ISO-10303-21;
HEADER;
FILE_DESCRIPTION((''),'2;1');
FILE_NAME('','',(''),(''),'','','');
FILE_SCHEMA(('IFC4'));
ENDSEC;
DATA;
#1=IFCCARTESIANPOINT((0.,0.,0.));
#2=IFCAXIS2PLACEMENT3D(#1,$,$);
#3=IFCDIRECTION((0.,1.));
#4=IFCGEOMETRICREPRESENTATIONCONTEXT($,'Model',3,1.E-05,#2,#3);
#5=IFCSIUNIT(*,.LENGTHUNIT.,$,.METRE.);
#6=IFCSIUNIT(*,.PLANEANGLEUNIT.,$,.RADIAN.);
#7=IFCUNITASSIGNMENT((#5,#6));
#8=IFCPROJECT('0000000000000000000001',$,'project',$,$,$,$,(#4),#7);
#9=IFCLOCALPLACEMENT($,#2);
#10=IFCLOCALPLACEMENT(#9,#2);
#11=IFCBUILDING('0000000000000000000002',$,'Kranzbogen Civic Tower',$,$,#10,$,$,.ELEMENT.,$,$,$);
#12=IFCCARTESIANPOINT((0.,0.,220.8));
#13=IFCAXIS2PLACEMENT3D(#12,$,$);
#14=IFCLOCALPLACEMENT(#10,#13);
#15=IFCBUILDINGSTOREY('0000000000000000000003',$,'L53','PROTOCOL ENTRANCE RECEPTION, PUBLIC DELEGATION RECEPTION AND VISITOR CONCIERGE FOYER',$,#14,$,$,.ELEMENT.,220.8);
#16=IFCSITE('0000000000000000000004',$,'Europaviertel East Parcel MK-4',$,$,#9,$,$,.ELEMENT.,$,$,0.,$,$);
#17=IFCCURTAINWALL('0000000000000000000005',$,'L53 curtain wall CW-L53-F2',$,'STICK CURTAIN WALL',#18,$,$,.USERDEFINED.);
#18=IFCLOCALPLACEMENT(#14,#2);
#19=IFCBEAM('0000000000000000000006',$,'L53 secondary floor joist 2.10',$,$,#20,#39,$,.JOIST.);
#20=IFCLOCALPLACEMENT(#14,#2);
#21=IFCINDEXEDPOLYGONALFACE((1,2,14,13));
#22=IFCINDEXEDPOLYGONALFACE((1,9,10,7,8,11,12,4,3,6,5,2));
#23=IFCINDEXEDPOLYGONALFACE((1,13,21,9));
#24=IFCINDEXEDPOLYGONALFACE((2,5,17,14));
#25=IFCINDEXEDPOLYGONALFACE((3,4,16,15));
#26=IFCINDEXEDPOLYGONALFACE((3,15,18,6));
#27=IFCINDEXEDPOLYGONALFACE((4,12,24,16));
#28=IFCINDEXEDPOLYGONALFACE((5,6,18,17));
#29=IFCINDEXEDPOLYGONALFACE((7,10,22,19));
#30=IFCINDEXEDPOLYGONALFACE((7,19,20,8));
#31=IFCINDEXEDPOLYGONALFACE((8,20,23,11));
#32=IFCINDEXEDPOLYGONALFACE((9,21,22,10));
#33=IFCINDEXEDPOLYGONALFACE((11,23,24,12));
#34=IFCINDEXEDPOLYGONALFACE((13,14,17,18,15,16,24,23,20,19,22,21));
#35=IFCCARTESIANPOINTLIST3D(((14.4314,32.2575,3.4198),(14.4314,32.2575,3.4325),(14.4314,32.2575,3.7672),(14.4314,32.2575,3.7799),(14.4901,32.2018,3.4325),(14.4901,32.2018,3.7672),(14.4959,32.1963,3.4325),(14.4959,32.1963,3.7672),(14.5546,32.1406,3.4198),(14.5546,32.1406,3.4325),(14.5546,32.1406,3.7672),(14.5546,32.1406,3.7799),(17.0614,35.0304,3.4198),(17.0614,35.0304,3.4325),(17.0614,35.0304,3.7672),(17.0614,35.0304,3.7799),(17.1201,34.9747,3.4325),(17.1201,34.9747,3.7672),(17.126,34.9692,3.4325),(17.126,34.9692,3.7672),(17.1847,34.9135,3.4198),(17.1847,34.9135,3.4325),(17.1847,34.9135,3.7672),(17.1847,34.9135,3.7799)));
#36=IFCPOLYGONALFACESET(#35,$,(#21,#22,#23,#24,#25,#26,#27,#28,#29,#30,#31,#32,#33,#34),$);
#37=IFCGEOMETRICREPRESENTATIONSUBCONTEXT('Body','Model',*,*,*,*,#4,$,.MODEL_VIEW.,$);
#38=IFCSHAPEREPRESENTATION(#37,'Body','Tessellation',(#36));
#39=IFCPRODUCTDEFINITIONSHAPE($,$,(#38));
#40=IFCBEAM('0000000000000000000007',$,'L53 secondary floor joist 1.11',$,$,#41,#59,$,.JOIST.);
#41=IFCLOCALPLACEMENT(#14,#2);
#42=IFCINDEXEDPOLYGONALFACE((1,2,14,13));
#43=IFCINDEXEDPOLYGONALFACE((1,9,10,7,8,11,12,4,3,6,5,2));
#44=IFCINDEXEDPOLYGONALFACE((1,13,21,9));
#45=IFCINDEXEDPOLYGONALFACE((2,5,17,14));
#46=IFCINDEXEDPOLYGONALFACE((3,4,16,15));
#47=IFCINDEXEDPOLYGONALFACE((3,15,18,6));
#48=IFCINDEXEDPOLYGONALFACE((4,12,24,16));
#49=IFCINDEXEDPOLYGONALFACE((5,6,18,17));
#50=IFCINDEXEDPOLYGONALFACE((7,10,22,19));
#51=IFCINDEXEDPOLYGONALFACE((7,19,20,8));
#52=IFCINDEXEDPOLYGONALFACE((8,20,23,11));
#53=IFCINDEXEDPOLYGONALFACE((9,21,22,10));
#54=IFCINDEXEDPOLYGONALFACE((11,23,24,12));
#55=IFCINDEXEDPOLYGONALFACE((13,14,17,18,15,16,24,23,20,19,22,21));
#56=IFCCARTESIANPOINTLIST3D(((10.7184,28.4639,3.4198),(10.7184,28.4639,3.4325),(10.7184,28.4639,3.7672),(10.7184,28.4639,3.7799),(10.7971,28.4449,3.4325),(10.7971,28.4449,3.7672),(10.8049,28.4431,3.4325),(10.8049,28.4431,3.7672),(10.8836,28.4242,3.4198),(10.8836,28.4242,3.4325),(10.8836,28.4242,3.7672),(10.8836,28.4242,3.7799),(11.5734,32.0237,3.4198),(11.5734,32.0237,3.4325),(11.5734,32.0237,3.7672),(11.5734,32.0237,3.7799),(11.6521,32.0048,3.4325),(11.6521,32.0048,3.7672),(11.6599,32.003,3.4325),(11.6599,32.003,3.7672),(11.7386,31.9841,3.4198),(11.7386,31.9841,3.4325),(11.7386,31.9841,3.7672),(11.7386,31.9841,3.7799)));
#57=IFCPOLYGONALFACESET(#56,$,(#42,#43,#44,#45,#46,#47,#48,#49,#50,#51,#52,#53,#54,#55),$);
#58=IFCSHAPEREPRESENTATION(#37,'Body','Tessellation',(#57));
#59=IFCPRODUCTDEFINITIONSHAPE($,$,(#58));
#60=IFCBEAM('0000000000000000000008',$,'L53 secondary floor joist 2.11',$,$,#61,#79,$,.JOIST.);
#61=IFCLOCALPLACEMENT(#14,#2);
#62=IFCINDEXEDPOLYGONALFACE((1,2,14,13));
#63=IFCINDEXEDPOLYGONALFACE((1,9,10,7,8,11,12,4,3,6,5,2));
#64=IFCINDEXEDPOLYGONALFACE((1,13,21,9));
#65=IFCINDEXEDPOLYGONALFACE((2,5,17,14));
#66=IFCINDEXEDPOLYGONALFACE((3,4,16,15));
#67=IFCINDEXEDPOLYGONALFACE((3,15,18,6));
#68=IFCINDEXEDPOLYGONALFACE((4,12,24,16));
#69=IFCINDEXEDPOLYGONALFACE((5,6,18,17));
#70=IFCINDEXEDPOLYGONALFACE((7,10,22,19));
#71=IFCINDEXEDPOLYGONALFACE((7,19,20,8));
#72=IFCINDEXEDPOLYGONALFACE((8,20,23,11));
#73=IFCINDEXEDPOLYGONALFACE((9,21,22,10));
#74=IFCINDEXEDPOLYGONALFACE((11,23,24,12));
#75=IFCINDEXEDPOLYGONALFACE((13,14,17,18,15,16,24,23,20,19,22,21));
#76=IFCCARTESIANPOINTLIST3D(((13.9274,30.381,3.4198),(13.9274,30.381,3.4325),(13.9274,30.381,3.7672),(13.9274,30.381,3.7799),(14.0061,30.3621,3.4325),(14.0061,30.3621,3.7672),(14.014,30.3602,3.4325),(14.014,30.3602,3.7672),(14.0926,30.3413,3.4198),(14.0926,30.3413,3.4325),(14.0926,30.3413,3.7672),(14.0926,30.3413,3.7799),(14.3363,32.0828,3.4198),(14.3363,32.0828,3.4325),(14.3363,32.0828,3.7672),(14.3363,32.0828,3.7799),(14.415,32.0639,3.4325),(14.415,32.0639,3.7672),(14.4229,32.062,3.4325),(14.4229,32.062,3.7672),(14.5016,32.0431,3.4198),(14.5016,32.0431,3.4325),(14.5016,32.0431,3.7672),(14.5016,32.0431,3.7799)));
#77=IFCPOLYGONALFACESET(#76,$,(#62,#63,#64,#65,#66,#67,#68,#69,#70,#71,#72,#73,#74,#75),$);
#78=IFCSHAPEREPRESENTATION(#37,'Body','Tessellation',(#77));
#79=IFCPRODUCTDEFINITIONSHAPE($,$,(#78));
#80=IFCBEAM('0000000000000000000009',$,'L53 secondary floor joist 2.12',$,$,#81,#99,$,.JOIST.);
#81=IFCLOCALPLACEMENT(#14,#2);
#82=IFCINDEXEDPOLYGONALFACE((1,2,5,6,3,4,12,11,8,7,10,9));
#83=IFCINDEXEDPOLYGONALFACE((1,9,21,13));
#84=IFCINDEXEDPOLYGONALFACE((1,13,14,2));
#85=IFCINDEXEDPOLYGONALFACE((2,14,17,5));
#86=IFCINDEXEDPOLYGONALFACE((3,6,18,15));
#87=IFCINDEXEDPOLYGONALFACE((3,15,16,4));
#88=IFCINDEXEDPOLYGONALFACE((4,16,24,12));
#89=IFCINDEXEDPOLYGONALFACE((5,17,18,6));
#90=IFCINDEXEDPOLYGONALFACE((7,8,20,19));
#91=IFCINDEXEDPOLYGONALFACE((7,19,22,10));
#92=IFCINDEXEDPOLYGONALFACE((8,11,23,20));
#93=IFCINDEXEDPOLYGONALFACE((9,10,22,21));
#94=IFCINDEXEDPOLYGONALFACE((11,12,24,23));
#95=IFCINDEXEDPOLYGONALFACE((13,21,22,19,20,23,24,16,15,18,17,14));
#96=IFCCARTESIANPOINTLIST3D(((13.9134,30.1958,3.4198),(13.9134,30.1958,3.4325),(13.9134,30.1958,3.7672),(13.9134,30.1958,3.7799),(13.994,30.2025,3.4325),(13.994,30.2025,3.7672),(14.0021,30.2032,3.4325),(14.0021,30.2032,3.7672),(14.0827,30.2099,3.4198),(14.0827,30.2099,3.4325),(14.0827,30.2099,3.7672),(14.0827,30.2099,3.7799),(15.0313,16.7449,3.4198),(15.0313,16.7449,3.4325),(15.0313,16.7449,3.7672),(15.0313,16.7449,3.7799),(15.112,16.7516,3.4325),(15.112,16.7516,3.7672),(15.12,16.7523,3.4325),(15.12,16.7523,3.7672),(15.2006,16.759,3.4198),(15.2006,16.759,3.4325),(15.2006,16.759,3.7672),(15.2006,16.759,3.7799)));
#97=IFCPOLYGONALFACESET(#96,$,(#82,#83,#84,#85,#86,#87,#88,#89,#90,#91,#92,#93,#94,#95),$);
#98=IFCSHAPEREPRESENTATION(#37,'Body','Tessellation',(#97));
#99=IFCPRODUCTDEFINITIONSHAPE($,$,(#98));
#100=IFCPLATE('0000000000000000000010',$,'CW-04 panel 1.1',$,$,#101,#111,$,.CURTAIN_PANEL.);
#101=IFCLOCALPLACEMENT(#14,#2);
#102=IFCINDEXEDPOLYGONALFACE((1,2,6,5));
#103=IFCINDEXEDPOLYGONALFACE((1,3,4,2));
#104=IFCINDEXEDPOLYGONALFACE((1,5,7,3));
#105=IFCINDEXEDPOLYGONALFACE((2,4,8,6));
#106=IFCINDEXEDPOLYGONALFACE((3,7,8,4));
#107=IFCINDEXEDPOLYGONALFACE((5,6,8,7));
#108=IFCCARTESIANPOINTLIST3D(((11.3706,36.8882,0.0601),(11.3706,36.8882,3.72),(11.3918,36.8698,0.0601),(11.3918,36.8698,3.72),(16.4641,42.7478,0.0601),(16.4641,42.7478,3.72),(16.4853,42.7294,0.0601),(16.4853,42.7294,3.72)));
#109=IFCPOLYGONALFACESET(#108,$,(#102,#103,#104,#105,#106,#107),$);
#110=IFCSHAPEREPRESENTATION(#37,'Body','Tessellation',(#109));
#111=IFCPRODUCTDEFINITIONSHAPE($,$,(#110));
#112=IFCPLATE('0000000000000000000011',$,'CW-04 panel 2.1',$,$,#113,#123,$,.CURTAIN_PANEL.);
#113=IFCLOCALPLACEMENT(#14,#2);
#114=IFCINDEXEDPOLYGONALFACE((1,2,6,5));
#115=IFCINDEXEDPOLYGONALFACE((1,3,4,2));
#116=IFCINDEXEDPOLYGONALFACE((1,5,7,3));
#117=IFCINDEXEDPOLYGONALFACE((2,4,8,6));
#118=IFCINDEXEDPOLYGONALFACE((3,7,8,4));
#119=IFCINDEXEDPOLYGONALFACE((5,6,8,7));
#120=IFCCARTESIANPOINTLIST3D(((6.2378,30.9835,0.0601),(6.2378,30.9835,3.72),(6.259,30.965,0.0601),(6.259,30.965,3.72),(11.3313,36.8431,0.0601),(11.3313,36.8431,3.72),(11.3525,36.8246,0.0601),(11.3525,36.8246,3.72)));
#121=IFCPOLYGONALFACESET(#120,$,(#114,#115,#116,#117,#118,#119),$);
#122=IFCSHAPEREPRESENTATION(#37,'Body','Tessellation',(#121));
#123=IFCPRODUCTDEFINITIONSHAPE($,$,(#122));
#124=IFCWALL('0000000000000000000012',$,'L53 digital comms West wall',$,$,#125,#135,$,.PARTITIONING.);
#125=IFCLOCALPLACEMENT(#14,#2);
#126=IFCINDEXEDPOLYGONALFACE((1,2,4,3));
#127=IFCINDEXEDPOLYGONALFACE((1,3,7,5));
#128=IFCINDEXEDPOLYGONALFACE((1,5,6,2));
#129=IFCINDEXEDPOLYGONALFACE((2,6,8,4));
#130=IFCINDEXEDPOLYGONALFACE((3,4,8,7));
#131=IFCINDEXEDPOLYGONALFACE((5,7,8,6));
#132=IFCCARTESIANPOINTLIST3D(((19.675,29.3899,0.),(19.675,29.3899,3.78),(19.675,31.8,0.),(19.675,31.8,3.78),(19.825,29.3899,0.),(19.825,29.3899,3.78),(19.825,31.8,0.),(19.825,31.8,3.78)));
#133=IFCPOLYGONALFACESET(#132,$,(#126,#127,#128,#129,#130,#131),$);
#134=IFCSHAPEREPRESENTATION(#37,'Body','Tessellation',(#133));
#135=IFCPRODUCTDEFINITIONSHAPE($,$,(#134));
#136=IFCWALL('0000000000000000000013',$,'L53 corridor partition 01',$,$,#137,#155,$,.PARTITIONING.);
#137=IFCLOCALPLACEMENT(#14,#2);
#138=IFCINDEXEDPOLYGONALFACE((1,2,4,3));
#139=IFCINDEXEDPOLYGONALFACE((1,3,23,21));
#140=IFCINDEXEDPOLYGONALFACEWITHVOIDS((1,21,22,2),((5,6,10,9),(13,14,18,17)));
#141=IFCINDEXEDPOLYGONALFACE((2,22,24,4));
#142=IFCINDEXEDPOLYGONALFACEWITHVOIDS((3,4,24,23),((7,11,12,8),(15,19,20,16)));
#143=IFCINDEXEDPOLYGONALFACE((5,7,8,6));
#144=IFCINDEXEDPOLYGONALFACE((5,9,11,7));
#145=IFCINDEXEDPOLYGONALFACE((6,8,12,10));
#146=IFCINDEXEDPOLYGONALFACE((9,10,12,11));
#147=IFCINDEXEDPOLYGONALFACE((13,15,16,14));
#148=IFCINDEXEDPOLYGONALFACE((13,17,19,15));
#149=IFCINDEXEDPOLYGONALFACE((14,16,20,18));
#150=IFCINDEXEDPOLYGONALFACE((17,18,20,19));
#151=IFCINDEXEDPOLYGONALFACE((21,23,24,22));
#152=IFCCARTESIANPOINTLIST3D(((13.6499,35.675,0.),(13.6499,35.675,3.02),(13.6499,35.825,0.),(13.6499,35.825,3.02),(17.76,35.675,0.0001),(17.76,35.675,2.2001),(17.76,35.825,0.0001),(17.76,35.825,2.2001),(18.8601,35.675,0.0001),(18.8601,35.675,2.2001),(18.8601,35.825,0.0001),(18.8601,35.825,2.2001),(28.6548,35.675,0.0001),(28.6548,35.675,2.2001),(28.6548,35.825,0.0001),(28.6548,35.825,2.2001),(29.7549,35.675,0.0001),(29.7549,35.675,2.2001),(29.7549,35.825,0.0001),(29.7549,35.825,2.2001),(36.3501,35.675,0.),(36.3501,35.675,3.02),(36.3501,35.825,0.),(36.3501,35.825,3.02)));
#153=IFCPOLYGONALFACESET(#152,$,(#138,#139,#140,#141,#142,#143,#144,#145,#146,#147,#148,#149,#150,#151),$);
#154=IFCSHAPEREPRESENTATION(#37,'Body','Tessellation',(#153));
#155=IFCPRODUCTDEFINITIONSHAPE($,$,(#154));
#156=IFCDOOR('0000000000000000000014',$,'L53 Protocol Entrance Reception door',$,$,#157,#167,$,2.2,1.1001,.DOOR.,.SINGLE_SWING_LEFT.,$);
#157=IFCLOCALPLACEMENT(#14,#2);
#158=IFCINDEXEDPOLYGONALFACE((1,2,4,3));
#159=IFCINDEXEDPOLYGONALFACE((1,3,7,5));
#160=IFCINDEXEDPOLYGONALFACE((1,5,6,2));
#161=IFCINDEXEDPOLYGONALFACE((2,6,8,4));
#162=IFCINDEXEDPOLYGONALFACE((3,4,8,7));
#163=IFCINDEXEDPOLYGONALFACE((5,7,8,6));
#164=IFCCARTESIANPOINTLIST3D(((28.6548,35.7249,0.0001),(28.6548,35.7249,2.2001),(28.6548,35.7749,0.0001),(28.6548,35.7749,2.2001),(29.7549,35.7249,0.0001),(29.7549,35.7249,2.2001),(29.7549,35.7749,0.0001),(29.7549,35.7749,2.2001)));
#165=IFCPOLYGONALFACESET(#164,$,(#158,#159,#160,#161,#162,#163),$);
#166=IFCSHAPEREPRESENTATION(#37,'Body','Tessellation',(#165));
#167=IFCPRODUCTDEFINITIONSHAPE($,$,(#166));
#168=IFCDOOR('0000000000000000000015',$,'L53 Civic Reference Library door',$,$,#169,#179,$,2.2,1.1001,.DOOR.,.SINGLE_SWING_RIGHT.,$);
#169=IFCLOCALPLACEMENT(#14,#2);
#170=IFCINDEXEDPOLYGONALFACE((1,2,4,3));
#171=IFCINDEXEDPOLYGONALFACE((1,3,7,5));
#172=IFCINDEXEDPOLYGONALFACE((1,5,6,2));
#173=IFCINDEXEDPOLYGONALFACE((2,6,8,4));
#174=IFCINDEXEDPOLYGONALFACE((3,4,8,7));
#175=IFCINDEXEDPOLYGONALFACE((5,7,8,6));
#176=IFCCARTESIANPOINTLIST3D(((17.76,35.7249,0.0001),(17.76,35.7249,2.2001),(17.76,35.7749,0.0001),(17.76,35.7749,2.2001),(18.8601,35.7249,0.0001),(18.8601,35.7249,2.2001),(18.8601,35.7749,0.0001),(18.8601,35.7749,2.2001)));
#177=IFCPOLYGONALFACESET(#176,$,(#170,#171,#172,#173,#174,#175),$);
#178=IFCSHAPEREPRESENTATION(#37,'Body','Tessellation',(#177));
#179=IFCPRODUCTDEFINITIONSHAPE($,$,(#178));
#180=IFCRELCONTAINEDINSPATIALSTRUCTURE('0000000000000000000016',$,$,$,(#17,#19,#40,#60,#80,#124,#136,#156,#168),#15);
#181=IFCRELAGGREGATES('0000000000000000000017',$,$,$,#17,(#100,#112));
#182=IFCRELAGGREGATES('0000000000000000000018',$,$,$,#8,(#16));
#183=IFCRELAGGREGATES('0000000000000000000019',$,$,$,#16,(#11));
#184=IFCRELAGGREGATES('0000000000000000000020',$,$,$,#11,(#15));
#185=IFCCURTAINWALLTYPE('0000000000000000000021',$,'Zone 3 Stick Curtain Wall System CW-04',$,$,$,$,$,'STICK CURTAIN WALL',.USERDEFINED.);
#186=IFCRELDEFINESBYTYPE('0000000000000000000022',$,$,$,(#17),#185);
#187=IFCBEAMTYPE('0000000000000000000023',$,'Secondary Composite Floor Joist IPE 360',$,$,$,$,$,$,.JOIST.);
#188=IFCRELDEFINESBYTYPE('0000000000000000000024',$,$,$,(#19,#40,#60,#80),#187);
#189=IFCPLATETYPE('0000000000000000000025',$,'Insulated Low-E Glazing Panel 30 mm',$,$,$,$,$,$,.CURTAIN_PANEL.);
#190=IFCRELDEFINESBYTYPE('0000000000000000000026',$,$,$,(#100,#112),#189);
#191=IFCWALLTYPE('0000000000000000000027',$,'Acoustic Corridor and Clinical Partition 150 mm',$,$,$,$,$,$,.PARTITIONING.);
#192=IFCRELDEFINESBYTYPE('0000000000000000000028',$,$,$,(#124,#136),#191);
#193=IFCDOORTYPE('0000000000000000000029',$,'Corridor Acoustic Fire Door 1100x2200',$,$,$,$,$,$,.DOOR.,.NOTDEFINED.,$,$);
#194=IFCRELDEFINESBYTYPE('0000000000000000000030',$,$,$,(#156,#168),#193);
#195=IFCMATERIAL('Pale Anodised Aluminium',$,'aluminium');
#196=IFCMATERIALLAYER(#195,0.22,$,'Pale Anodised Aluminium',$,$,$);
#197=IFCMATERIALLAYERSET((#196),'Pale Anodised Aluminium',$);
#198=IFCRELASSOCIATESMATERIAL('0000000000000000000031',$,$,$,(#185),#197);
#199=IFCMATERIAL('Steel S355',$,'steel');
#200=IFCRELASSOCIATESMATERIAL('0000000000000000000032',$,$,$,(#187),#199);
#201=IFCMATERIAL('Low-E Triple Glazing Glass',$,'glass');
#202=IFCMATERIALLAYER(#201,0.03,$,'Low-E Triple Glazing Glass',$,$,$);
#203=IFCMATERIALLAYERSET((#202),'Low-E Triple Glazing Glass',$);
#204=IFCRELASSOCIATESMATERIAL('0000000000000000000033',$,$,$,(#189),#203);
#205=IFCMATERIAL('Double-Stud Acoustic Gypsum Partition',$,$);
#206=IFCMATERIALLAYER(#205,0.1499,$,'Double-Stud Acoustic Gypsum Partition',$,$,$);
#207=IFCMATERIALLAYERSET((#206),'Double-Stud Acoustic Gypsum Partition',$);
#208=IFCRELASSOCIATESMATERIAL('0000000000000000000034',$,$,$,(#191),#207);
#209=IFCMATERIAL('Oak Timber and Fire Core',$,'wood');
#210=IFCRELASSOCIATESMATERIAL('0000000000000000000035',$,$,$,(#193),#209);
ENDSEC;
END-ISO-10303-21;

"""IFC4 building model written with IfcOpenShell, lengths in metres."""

from ifc_helpers import new_model, si_unit, direction, frame, frame_2d, origin, origin_2d, place, context, subcontext, project, spatial, rectangle, i_section, extrude, material, layer, layer_set, material_profile, profile_set, type_object, element, fill, aggregate, save


model = new_model("IFC4")

# Units and contexts
model_context = context("Model", 3, precision=1e-05, world=origin(), true_north=direction((0.0, 1.0)))
body_context = subcontext(model_context, "Body", "Model", "MODEL_VIEW")
ifc_project = project(units=[si_unit("LENGTHUNIT", "METRE"), si_unit("PLANEANGLEUNIT", "RADIAN")], contexts=[model_context])

# Site, building, storey
site_placement = place(None, origin())
site = spatial("IfcSite", under=ifc_project, at=site_placement, Name="Europaviertel East Parcel MK-4", CompositionType="ELEMENT", RefElevation=0.0)
building_placement = place(site_placement, origin())
building = spatial("IfcBuilding", under=site, at=building_placement, Name="Kranzbogen Civic Tower", CompositionType="ELEMENT")
storey_placement = place(building_placement, frame((0.0, 0.0, 220.8)))
storey = spatial("IfcBuildingStorey", under=building, at=storey_placement, Name="L53", Description="PROTOCOL ENTRANCE RECEPTION, PUBLIC DELEGATION RECEPTION AND VISITOR CONCIERGE FOYER", CompositionType="ELEMENT", Elevation=220.8)

# Shared definitions
ifc_material_1 = material(Name="Steel S355", Category="steel")

# Shared definitions
ifc_material_2 = material(Name="Pale Anodised Aluminium", Category="aluminium")
ifc_layer_1 = layer(ifc_material_2, 0.22, Name="Pale Anodised Aluminium")
ifc_layer_set_1 = layer_set([ifc_layer_1], Name="Pale Anodised Aluminium")
curtain_wall_type = type_object("IfcCurtainWallType", Name="Zone 3 Stick Curtain Wall System CW-04", ElementType="STICK CURTAIN WALL", PredefinedType="USERDEFINED", material=ifc_layer_set_1)

# Curtain wall
curtain_wall_1_placement = place(storey_placement, origin())
curtain_wall_1 = element("IfcCurtainWall", 1, at=curtain_wall_1_placement, inside=storey, type_object=curtain_wall_type, Name="L53 curtain wall CW-L53-F2", ObjectType="STICK CURTAIN WALL", PredefinedType="USERDEFINED")

# Beams
ifc_material_profile_1 = material_profile(ifc_material_1, i_section(OverallWidth=0.1699, OverallDepth=0.3601, WebThickness=0.0081, FlangeThickness=0.0127, at=origin_2d()), Name="IPE 360")
ifc_profile_set_1 = profile_set([ifc_material_profile_1], Name="Steel S355")
beam_type_1 = type_object("IfcBeamType", Name="Secondary Composite Floor Joist IPE 360", PredefinedType="JOIST", material=ifc_profile_set_1)
beam_1_placement = place(storey_placement, frame((17.123, 34.9719, 3.5999), z_axis=(-0.688175, -0.725545, 0.0), x_axis=(0.725545, -0.688175, 0.0)))
element("IfcBeam", 2, at=beam_1_placement, inside=storey, type_object=beam_type_1, Name="L53 secondary floor joist 2.10", PredefinedType="JOIST", context=body_context, shape_type="SweptSolid", body=[
    extrude(i_section(OverallWidth=0.1699, OverallDepth=0.3601, WebThickness=0.0081, FlangeThickness=0.0127, at=origin_2d()), origin(), (0.0, 0.0, 1.0), 3.8218),
])
beam_2_placement = place(storey_placement, frame((11.656, 32.0039, 3.5999), z_axis=(-0.233534, -0.972349, 0.0), x_axis=(0.972349, -0.233534, 0.0)))
element("IfcBeam", 3, at=beam_2_placement, inside=storey, type_object=beam_type_1, Name="L53 secondary floor joist 1.11", PredefinedType="JOIST", context=body_context, shape_type="SweptSolid", body=[
    extrude(i_section(OverallWidth=0.1699, OverallDepth=0.3601, WebThickness=0.0081, FlangeThickness=0.0127, at=origin_2d()), origin(), (0.0, 0.0, 1.0), 3.6611),
])
beam_3_placement = place(storey_placement, frame((14.4189, 32.063, 3.5999), z_axis=(-0.233631, -0.972325, 0.0), x_axis=(0.972325, -0.233631, 0.0)))
element("IfcBeam", 4, at=beam_3_placement, inside=storey, type_object=beam_type_1, Name="L53 secondary floor joist 2.11", PredefinedType="JOIST", context=body_context, shape_type="SweptSolid", body=[
    extrude(i_section(OverallWidth=0.1699, OverallDepth=0.3601, WebThickness=0.0081, FlangeThickness=0.0127, at=origin_2d()), origin(), (0.0, 0.0, 1.0), 1.7502),
])
beam_4_placement = place(storey_placement, frame((13.998, 30.2029, 3.5999), z_axis=(0.082825, -0.996564, 0.0), x_axis=(0.996564, 0.082825, 0.0)))
element("IfcBeam", 5, at=beam_4_placement, inside=storey, type_object=beam_type_1, Name="L53 secondary floor joist 2.12", PredefinedType="JOIST", context=body_context, shape_type="SweptSolid", body=[
    extrude(i_section(OverallWidth=0.1699, OverallDepth=0.3601, WebThickness=0.0081, FlangeThickness=0.0127, at=origin_2d()), origin(), (0.0, 0.0, 1.0), 13.4973),
])

# Plates
ifc_material_3 = material(Name="Low-E Triple Glazing Glass", Category="glass")
ifc_layer_2 = layer(ifc_material_3, 0.03, Name="Low-E Triple Glazing Glass")
ifc_layer_set_2 = layer_set([ifc_layer_2], Name="Low-E Triple Glazing Glass")
plate_type = type_object("IfcPlateType", Name="Insulated Low-E Glazing Panel 30 mm", PredefinedType="CURTAIN_PANEL", material=ifc_layer_set_2)
plate_1_placement = place(storey_placement, frame((13.928, 39.8088, 0.0601), z_axis=(0.0, 0.0, 1.0), x_axis=(-0.656045, -0.754722, 0.0)))
plate_1 = element("IfcPlate", 6, at=plate_1_placement, type_object=plate_type, Name="CW-04 panel 1.1", PredefinedType="CURTAIN_PANEL", context=body_context, shape_type="SweptSolid", body=[
    extrude(rectangle(XDim=7.7639, YDim=0.0281, at=origin_2d()), origin(), (0.0, 0.0, 1.0), 3.6599),
])
plate_2_placement = place(storey_placement, frame((8.7952, 33.9041, 0.0601), z_axis=(0.0, 0.0, 1.0), x_axis=(-0.656045, -0.754722, 0.0)))
plate_2 = element("IfcPlate", 7, at=plate_2_placement, type_object=plate_type, Name="CW-04 panel 2.1", PredefinedType="CURTAIN_PANEL", context=body_context, shape_type="SweptSolid", body=[
    extrude(rectangle(XDim=7.7639, YDim=0.0281, at=origin_2d()), origin(), (0.0, 0.0, 1.0), 3.6599),
])
aggregate(curtain_wall_1, [plate_1, plate_2])

# Wall
ifc_material_4 = material(Name="Double-Stud Acoustic Gypsum Partition")
ifc_layer_3 = layer(ifc_material_4, 0.1499, Name="Double-Stud Acoustic Gypsum Partition")
ifc_layer_set_3 = layer_set([ifc_layer_3], Name="Double-Stud Acoustic Gypsum Partition")
wall_type_1 = type_object("IfcWallType", Name="Acoustic Corridor and Clinical Partition 150 mm", PredefinedType="PARTITIONING", material=ifc_layer_set_3)
wall_1_placement = place(storey_placement, frame((19.75, 29.3899, 0.0), z_axis=(0.0, 0.0, 1.0), x_axis=(0.0, 1.0, 0.0)))
element("IfcWall", 8, at=wall_1_placement, inside=storey, type_object=wall_type_1, Name="L53 digital comms West wall", PredefinedType="PARTITIONING", context=body_context, shape_type="SweptSolid", body=[
    extrude(rectangle(XDim=2.4102, YDim=0.1499, at=frame_2d((1.2051, 0.0))), origin(), (0.0, 0.0, 1.0), 3.78),
])

# Wall, openings, doors
wall_2_placement = place(storey_placement, frame((13.6499, 35.75, 0.0), z_axis=(0.0, 0.0, 1.0), x_axis=(1.0, 0.0, 0.0)))
wall_2 = element("IfcWall", 9, at=wall_2_placement, inside=storey, type_object=wall_type_1, Name="L53 corridor partition 01", PredefinedType="PARTITIONING", context=body_context, shape_type="SweptSolid", body=[
    extrude(rectangle(XDim=22.7002, YDim=0.1499, at=frame_2d((11.3501, 0.0))), origin(), (0.0, 0.0, 1.0), 3.02),
])
opening_1_placement = place(wall_2_placement, frame((15.0049, 0.0, 0.0)))
opening_1 = element("IfcOpeningElement", 10, at=opening_1_placement, cuts=wall_2, PredefinedType="OPENING", context=body_context, shape_type="SweptSolid", body=[
    extrude(rectangle(XDim=1.1001, YDim=2.2, at=frame_2d((0.55, 1.1001))), frame((0.0, 0.085, 0.0), z_axis=(0.0, -1.0, 0.0), x_axis=(1.0, 0.0, 0.0)), (0.0, 0.0, 1.0), 0.1699),
])
opening_2_placement = place(wall_2_placement, frame((4.1101, 0.0, 0.0)))
opening_2 = element("IfcOpeningElement", 11, at=opening_2_placement, cuts=wall_2, PredefinedType="OPENING", context=body_context, shape_type="SweptSolid", body=[
    extrude(rectangle(XDim=1.1001, YDim=2.2, at=frame_2d((0.55, 1.1001))), frame((0.0, 0.085, 0.0), z_axis=(0.0, -1.0, 0.0), x_axis=(1.0, 0.0, 0.0)), (0.0, 0.0, 1.0), 0.1699),
])
ifc_material_5 = material(Name="Oak Timber and Fire Core", Category="wood")
door_type_1 = type_object("IfcDoorType", Name="Corridor Acoustic Fire Door 1100x2200", OperationType="NOTDEFINED", PredefinedType="DOOR", material=ifc_material_5)
door_1_placement = place(opening_1_placement, origin())
door_1 = element("IfcDoor", 12, at=door_1_placement, inside=storey, type_object=door_type_1, Name="L53 Protocol Entrance Reception door", OperationType="SINGLE_SWING_LEFT", OverallHeight=2.2, OverallWidth=1.1001, PredefinedType="DOOR", context=body_context, shape_type="SweptSolid", body=[
    extrude(rectangle(XDim=1.1001, YDim=2.2, at=frame_2d((0.55, 1.1001))), frame((0.0, 0.0249, 0.0), z_axis=(0.0, -1.0, 0.0), x_axis=(1.0, 0.0, 0.0)), (0.0, 0.0, 1.0), 0.05),
])
fill(opening_1, door_1)
door_2_placement = place(opening_2_placement, origin())
door_2 = element("IfcDoor", 13, at=door_2_placement, inside=storey, type_object=door_type_1, Name="L53 Civic Reference Library door", OperationType="SINGLE_SWING_RIGHT", OverallHeight=2.2, OverallWidth=1.1001, PredefinedType="DOOR", context=body_context, shape_type="SweptSolid", body=[
    extrude(rectangle(XDim=1.1001, YDim=2.2, at=frame_2d((0.55, 1.1001))), frame((0.0, 0.0249, 0.0), z_axis=(0.0, -1.0, 0.0), x_axis=(1.0, 0.0, 0.0)), (0.0, 0.0, 1.0), 0.05),
])
fill(opening_2, door_2)

save(model, "model.ifc")
